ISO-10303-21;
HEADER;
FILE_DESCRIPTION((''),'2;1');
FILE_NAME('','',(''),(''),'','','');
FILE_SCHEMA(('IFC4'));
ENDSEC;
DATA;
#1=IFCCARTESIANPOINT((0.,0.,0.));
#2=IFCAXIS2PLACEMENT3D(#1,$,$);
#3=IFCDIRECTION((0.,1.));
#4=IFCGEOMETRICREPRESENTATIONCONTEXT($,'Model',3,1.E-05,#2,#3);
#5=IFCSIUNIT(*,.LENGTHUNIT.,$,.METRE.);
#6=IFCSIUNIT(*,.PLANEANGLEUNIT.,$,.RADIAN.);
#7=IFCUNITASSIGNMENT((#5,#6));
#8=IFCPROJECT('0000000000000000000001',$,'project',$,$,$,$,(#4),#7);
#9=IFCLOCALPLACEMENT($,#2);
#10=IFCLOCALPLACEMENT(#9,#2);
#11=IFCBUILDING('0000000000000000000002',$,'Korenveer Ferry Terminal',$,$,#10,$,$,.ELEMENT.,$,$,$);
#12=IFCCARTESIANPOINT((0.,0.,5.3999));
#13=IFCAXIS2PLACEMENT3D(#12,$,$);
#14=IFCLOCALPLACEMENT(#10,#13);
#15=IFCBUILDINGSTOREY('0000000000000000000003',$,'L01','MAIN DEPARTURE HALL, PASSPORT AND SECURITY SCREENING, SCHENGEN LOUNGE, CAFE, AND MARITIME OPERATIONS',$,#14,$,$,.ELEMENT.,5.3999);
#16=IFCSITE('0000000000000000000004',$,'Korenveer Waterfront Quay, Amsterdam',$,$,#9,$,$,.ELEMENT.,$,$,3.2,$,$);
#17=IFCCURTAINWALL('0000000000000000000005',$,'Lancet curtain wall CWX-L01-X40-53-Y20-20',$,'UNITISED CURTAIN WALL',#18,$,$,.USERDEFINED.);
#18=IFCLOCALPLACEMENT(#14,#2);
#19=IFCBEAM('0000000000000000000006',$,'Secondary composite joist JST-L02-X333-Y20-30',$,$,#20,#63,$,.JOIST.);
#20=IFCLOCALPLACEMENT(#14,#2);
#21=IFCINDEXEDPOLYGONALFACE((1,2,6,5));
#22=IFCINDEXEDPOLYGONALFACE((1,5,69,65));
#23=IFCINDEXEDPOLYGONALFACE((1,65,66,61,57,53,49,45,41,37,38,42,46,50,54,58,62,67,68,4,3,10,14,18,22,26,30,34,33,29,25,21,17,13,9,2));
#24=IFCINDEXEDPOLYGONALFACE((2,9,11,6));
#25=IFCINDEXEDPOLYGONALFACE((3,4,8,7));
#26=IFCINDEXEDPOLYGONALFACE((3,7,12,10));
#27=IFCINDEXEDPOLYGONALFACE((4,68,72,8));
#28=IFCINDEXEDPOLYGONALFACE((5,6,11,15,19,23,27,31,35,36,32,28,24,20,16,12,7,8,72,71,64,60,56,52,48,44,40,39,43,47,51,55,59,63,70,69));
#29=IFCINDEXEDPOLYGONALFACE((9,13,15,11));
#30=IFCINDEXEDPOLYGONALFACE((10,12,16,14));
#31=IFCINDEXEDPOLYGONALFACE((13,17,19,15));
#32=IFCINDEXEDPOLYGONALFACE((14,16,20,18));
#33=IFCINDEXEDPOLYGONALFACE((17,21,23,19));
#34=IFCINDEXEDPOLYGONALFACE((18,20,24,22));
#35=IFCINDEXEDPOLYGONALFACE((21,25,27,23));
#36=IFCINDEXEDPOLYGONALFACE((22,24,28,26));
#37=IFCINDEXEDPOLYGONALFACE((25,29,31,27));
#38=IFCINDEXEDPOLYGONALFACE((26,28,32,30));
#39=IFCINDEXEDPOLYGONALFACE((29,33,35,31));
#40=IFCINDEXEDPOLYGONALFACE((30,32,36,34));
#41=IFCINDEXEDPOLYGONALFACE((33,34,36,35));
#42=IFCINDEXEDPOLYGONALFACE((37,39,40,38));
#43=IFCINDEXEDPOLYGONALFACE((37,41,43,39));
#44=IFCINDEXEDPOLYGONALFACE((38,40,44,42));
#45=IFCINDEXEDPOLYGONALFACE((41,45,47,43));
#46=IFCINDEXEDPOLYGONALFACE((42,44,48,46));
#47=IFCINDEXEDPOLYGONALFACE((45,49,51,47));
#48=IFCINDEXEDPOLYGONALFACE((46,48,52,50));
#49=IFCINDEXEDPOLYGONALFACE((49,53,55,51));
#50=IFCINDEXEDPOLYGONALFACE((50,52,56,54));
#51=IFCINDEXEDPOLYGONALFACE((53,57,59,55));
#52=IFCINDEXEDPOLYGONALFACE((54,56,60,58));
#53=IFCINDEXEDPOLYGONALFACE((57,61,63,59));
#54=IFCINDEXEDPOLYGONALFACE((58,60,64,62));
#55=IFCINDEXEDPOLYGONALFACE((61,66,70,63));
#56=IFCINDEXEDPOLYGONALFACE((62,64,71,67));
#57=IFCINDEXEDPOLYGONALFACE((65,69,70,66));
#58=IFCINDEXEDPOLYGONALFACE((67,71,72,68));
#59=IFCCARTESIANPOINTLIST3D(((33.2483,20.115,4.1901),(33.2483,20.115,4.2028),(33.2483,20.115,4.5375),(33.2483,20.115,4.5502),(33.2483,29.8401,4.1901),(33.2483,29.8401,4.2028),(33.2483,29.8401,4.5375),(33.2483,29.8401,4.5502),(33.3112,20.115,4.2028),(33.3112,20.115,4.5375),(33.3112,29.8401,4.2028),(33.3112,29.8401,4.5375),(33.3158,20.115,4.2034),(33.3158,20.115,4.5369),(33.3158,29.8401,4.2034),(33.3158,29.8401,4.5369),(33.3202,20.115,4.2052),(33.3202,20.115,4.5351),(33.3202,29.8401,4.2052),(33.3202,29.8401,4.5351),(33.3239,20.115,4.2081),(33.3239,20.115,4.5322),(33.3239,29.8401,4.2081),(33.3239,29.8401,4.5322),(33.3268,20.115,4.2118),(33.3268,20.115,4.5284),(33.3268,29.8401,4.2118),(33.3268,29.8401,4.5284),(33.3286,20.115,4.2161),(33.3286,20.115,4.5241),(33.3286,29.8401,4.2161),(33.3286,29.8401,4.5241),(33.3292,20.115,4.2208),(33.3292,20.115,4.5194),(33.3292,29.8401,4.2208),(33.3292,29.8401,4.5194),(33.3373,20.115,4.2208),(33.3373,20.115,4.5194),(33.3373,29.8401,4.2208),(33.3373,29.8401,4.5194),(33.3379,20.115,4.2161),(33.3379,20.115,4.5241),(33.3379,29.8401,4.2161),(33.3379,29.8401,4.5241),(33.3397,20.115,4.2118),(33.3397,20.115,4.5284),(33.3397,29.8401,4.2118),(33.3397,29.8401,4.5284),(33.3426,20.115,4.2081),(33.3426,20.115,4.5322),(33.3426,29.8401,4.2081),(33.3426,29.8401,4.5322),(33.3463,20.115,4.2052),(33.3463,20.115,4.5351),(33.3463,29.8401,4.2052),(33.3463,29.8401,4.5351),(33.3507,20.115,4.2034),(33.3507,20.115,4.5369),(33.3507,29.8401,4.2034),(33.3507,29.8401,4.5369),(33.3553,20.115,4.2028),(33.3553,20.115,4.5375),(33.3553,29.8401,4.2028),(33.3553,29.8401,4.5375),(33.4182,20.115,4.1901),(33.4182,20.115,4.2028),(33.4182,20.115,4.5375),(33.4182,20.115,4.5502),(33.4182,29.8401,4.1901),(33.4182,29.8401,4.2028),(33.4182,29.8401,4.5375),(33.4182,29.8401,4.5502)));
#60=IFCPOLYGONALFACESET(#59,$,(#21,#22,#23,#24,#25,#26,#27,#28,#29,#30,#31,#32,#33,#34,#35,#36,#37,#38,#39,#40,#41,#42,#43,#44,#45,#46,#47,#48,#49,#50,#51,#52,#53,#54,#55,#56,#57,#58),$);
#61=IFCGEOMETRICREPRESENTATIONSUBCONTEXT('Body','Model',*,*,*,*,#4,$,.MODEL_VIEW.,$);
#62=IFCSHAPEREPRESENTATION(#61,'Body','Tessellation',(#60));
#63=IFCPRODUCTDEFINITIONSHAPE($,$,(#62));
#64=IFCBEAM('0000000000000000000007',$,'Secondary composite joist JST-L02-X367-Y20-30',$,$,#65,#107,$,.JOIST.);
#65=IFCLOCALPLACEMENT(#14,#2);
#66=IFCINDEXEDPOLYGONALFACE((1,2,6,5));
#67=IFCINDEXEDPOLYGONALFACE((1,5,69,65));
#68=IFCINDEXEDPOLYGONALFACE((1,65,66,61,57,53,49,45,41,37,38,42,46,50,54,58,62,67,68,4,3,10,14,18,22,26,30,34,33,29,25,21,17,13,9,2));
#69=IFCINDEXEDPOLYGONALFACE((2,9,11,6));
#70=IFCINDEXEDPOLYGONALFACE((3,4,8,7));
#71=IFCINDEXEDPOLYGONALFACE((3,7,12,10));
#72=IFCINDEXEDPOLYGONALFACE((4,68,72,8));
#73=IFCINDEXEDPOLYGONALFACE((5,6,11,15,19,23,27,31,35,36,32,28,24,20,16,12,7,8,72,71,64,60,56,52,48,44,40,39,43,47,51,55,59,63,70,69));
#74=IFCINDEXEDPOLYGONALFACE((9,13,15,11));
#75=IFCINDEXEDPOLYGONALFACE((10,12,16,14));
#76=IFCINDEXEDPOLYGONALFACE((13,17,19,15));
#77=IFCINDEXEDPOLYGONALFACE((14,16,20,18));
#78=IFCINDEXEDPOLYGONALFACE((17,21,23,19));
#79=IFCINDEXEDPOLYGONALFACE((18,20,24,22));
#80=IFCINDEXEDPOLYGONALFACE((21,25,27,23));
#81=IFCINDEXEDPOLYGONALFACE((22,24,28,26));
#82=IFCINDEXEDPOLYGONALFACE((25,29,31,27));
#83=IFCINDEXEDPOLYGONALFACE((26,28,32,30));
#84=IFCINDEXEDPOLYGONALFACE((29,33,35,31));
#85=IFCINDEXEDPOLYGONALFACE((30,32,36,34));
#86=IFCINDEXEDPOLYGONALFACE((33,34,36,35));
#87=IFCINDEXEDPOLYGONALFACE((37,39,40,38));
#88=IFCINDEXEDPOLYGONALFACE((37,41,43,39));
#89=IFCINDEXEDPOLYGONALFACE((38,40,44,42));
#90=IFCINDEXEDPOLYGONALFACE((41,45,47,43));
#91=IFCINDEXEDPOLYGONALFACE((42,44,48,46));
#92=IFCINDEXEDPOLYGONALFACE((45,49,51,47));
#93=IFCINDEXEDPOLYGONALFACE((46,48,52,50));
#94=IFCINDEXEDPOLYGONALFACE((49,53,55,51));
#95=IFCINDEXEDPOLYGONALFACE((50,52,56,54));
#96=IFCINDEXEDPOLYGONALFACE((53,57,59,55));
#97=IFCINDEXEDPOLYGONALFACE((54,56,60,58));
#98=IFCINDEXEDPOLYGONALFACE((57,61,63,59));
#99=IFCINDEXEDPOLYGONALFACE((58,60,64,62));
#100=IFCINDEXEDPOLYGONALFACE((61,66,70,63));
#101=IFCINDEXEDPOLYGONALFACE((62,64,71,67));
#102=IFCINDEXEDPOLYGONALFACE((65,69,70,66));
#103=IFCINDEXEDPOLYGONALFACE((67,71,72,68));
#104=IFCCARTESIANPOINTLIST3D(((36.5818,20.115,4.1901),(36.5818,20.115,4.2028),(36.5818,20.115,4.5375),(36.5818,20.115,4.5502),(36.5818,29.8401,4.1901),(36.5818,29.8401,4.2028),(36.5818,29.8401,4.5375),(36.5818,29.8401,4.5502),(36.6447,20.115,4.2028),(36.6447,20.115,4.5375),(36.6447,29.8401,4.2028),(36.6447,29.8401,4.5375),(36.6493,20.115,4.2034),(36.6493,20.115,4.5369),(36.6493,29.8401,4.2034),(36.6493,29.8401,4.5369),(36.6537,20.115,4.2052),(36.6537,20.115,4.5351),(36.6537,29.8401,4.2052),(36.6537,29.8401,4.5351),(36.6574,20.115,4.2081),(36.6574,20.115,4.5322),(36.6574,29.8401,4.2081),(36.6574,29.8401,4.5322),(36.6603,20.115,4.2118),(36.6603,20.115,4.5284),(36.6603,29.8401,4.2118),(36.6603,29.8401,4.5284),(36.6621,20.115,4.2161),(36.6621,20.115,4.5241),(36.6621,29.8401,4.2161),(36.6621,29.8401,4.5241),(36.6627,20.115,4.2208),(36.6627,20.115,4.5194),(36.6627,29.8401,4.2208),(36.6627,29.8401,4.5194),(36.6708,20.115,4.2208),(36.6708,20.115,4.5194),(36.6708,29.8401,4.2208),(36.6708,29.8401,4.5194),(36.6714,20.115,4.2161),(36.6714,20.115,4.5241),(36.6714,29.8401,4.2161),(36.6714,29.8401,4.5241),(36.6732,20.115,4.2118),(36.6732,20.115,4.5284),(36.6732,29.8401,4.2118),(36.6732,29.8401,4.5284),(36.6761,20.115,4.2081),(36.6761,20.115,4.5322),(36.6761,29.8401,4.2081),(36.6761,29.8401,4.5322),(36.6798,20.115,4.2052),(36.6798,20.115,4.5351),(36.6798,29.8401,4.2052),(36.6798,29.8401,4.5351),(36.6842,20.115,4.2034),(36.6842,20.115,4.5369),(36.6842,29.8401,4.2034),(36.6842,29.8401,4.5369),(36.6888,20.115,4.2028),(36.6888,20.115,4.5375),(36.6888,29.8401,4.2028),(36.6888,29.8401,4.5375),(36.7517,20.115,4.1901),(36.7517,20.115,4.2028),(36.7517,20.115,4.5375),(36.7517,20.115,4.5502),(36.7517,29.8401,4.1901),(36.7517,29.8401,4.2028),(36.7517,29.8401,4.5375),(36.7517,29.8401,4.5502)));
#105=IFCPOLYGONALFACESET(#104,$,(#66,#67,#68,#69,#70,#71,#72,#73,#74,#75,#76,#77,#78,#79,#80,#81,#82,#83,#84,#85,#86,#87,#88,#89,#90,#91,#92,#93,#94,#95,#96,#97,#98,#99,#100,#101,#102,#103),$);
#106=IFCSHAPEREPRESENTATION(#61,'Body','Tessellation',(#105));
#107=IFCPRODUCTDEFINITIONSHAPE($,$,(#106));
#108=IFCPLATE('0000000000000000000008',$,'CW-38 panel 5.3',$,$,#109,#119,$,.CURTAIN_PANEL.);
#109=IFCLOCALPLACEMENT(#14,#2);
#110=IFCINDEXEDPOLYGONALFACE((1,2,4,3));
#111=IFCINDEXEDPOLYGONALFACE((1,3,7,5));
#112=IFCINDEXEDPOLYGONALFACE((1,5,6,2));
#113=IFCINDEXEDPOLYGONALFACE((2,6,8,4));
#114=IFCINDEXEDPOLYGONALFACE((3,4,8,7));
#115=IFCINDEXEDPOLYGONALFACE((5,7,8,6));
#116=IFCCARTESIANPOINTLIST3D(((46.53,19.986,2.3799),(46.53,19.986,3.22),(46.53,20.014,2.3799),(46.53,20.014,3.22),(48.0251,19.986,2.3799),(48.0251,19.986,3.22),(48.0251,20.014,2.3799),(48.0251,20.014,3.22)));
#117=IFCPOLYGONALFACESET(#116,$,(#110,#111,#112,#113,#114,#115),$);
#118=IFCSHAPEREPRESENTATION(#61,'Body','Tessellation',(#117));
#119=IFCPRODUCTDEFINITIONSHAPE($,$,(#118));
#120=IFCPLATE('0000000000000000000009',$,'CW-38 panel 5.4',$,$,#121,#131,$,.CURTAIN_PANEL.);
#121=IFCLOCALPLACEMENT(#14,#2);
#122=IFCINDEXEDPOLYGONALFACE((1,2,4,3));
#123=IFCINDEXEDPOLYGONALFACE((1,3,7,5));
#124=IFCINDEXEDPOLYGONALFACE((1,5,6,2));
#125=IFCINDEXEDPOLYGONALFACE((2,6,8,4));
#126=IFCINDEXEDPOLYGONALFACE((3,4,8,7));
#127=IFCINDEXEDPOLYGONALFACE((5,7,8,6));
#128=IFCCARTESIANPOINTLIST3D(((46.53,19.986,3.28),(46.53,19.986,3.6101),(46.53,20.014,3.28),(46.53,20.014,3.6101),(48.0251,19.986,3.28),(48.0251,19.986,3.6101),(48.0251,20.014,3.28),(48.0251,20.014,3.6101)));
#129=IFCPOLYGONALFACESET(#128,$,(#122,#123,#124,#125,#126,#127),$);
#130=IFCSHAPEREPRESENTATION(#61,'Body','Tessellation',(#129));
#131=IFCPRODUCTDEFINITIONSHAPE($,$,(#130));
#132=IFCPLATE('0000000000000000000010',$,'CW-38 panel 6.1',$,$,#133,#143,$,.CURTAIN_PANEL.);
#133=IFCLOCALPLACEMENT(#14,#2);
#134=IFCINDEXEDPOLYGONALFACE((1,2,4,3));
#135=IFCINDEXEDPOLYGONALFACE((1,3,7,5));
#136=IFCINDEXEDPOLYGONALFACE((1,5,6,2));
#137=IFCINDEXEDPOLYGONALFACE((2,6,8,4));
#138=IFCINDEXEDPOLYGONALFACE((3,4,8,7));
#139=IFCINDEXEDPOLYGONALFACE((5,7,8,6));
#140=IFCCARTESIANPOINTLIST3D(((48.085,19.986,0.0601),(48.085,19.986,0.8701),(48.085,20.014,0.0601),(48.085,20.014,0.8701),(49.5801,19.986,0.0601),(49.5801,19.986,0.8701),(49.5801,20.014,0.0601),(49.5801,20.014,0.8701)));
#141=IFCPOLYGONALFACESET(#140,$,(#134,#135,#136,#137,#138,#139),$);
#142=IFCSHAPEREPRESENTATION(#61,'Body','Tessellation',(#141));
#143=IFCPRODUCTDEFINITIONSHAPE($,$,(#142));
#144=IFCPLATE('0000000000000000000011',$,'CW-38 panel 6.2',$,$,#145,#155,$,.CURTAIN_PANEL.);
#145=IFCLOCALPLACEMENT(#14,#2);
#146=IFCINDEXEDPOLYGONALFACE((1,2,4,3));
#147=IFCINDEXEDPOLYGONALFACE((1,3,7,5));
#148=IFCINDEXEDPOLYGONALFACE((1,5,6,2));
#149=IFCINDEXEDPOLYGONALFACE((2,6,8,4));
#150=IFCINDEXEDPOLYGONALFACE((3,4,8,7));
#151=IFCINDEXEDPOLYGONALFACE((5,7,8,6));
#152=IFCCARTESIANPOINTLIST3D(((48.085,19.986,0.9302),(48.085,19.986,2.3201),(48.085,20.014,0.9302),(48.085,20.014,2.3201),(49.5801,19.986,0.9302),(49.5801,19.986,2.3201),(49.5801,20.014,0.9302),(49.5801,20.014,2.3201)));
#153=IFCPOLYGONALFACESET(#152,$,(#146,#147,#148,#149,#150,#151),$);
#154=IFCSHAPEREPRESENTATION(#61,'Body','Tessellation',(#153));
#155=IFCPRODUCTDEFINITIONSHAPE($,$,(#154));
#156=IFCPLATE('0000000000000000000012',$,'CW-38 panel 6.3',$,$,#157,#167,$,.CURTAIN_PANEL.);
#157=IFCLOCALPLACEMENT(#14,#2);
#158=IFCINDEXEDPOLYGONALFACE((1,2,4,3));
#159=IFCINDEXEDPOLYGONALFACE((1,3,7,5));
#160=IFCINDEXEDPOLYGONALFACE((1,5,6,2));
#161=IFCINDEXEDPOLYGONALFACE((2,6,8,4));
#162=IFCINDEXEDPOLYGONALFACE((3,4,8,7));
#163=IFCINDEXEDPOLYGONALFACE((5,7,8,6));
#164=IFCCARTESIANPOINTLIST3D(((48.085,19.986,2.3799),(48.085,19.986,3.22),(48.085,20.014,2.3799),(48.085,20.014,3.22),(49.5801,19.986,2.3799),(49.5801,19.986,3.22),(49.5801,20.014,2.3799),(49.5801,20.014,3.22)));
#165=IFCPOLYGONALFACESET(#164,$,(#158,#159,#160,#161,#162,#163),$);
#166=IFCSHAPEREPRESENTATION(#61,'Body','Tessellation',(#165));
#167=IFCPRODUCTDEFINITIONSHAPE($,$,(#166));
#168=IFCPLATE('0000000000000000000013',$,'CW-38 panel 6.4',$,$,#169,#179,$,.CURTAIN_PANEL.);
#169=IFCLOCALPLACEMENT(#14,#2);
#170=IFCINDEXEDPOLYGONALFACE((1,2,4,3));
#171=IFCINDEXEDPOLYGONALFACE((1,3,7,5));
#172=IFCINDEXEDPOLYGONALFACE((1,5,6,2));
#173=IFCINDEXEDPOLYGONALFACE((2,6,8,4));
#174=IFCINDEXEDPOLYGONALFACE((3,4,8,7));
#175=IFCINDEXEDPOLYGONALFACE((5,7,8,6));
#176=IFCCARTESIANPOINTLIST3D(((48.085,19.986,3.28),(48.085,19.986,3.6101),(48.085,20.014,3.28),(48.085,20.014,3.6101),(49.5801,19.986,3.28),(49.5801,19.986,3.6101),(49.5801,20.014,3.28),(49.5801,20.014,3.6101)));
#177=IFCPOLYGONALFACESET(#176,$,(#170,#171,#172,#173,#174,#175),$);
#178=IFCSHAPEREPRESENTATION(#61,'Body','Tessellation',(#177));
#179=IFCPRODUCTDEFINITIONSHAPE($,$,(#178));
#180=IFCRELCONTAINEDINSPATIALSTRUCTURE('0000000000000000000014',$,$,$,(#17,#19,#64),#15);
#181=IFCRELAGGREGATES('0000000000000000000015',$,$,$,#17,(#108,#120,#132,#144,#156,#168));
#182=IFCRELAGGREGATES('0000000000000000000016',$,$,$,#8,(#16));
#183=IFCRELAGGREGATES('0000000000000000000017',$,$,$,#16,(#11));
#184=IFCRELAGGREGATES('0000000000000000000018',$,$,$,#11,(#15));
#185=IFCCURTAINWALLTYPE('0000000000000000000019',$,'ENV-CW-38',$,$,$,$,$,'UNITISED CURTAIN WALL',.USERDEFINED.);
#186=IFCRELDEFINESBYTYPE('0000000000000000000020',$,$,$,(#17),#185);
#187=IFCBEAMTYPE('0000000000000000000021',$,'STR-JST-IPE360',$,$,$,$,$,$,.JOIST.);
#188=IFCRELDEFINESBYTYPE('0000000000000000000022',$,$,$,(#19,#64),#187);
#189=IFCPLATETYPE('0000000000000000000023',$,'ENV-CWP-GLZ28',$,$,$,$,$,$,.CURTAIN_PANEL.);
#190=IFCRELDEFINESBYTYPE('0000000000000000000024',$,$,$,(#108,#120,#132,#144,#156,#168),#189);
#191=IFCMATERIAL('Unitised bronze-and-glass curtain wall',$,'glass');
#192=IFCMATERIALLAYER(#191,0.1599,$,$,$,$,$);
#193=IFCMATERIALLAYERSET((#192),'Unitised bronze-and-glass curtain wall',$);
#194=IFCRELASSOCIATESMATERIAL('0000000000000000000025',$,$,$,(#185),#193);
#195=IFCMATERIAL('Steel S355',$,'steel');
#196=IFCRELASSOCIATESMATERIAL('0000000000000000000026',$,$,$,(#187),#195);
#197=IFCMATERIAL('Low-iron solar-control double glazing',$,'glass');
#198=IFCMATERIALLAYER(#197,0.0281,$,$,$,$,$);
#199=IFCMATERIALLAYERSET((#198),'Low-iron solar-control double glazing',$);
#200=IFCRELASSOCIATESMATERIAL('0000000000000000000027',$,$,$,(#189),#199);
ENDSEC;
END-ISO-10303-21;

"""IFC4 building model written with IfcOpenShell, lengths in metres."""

from ifc_helpers import new_model, si_unit, direction, frame, origin, origin_2d, place, context, subcontext, project, spatial, rectangle, i_section, extrude, material, layer, layer_set, material_profile, profile_set, type_object, element, aggregate, save


model = new_model("IFC4")

# Units and contexts
model_context = context("Model", 3, precision=1e-05, world=origin(), true_north=direction((0.0, 1.0)))
body_context = subcontext(model_context, "Body", "Model", "MODEL_VIEW")
ifc_project = project(units=[si_unit("LENGTHUNIT", "METRE"), si_unit("PLANEANGLEUNIT", "RADIAN")], contexts=[model_context])

# Site, building, storey
site_placement = place(None, origin())
site = spatial("IfcSite", under=ifc_project, at=site_placement, Name="Korenveer Waterfront Quay, Amsterdam", CompositionType="ELEMENT", RefElevation=3.2)
building_placement = place(site_placement, origin())
building = spatial("IfcBuilding", under=site, at=building_placement, Name="Korenveer Ferry Terminal", CompositionType="ELEMENT")
storey_placement = place(building_placement, frame((0.0, 0.0, 5.3999)))
storey = spatial("IfcBuildingStorey", under=building, at=storey_placement, Name="L01", Description="MAIN DEPARTURE HALL, PASSPORT AND SECURITY SCREENING, SCHENGEN LOUNGE, CAFE, AND MARITIME OPERATIONS", CompositionType="ELEMENT", Elevation=5.3999)

# Curtain wall
ifc_material_1 = material(Name="Unitised bronze-and-glass curtain wall", Category="glass")
ifc_layer_1 = layer(ifc_material_1, 0.1599)
ifc_layer_set_1 = layer_set([ifc_layer_1], Name="Unitised bronze-and-glass curtain wall")
curtain_wall_type = type_object("IfcCurtainWallType", Name="ENV-CW-38", ElementType="UNITISED CURTAIN WALL", PredefinedType="USERDEFINED", material=ifc_layer_set_1)
curtain_wall_placement = place(storey_placement, frame((40.28, 20.0, 0.0)))
curtain_wall = element("IfcCurtainWall", 1, at=curtain_wall_placement, inside=storey, type_object=curtain_wall_type, Name="Lancet curtain wall CWX-L01-X40-53-Y20-20", ObjectType="UNITISED CURTAIN WALL", PredefinedType="USERDEFINED")

# Beams
ifc_material_2 = material(Name="Steel S355", Category="steel")
ifc_material_profile_1 = material_profile(ifc_material_2, i_section(OverallWidth=0.1699, OverallDepth=0.3601, WebThickness=0.0081, FlangeThickness=0.0127, FilletRadius=0.0181, at=origin_2d()), Name="IPE 360")
ifc_profile_set_1 = profile_set([ifc_material_profile_1], Name="Steel S355")
beam_type_1 = type_object("IfcBeamType", Name="STR-JST-IPE360", PredefinedType="JOIST", material=ifc_profile_set_1)
for number, where, z_axis, x_axis, name in (
    (2, (33.3333, 20.115, 4.3701), (0.0, 1.0, 0.0), (-1.0, 0.0, 0.0), "Secondary composite joist JST-L02-X333-Y20-30"),
    (3, (36.6667, 20.115, 4.3701), (0.0, 1.0, 0.0), (-1.0, 0.0, 0.0), "Secondary composite joist JST-L02-X367-Y20-30"),
):
    element("IfcBeam", number, at=place(storey_placement, frame(where, z_axis=z_axis, x_axis=x_axis)), inside=storey, type_object=beam_type_1, Name=name, PredefinedType="JOIST", context=body_context, shape_type="SweptSolid", body=[
        extrude(i_section(OverallWidth=0.1699, OverallDepth=0.3601, WebThickness=0.0081, FlangeThickness=0.0127, FilletRadius=0.0181, at=origin_2d()), origin(), (0.0, 0.0, 1.0), 9.7251),
    ])

# Plates
ifc_material_3 = material(Name="Low-iron solar-control double glazing", Category="glass")
ifc_layer_2 = layer(ifc_material_3, 0.0281)
ifc_layer_set_2 = layer_set([ifc_layer_2], Name="Low-iron solar-control double glazing")
plate_type = type_object("IfcPlateType", Name="ENV-CWP-GLZ28", PredefinedType="CURTAIN_PANEL", material=ifc_layer_set_2)
plate_1_placement = place(storey_placement, frame((47.2776, 20.0, 2.3799), z_axis=(0.0, 0.0, 1.0), x_axis=(1.0, 0.0, 0.0)))
plate_1 = element("IfcPlate", 4, at=plate_1_placement, type_object=plate_type, Name="CW-38 panel 5.3", PredefinedType="CURTAIN_PANEL", context=body_context, shape_type="SweptSolid", body=[
    extrude(rectangle(XDim=1.4951, YDim=0.0281, at=origin_2d()), origin(), (0.0, 0.0, 1.0), 0.8401),
])
plate_2_placement = place(storey_placement, frame((47.2776, 20.0, 3.28), z_axis=(0.0, 0.0, 1.0), x_axis=(1.0, 0.0, 0.0)))
plate_2 = element("IfcPlate", 5, at=plate_2_placement, type_object=plate_type, Name="CW-38 panel 5.4", PredefinedType="CURTAIN_PANEL", context=body_context, shape_type="SweptSolid", body=[
    extrude(rectangle(XDim=1.4951, YDim=0.0281, at=origin_2d()), origin(), (0.0, 0.0, 1.0), 0.3301),
])
plate_3_placement = place(storey_placement, frame((48.8325, 20.0, 0.0601), z_axis=(0.0, 0.0, 1.0), x_axis=(1.0, 0.0, 0.0)))
plate_3 = element("IfcPlate", 6, at=plate_3_placement, type_object=plate_type, Name="CW-38 panel 6.1", PredefinedType="CURTAIN_PANEL", context=body_context, shape_type="SweptSolid", body=[
    extrude(rectangle(XDim=1.4951, YDim=0.0281, at=origin_2d()), origin(), (0.0, 0.0, 1.0), 0.8101),
])
plate_4_placement = place(storey_placement, frame((48.8325, 20.0, 0.9302), z_axis=(0.0, 0.0, 1.0), x_axis=(1.0, 0.0, 0.0)))
plate_4 = element("IfcPlate", 7, at=plate_4_placement, type_object=plate_type, Name="CW-38 panel 6.2", PredefinedType="CURTAIN_PANEL", context=body_context, shape_type="SweptSolid", body=[
    extrude(rectangle(XDim=1.4951, YDim=0.0281, at=origin_2d()), origin(), (0.0, 0.0, 1.0), 1.3899),
])
plate_5_placement = place(storey_placement, frame((48.8325, 20.0, 2.3799), z_axis=(0.0, 0.0, 1.0), x_axis=(1.0, 0.0, 0.0)))
plate_5 = element("IfcPlate", 8, at=plate_5_placement, type_object=plate_type, Name="CW-38 panel 6.3", PredefinedType="CURTAIN_PANEL", context=body_context, shape_type="SweptSolid", body=[
    extrude(rectangle(XDim=1.4951, YDim=0.0281, at=origin_2d()), origin(), (0.0, 0.0, 1.0), 0.8401),
])
plate_6_placement = place(storey_placement, frame((48.8325, 20.0, 3.28), z_axis=(0.0, 0.0, 1.0), x_axis=(1.0, 0.0, 0.0)))
plate_6 = element("IfcPlate", 9, at=plate_6_placement, type_object=plate_type, Name="CW-38 panel 6.4", PredefinedType="CURTAIN_PANEL", context=body_context, shape_type="SweptSolid", body=[
    extrude(rectangle(XDim=1.4951, YDim=0.0281, at=origin_2d()), origin(), (0.0, 0.0, 1.0), 0.3301),
])
aggregate(curtain_wall, [plate_1, plate_2, plate_3, plate_4, plate_5, plate_6])

save(model, "model.ifc")
